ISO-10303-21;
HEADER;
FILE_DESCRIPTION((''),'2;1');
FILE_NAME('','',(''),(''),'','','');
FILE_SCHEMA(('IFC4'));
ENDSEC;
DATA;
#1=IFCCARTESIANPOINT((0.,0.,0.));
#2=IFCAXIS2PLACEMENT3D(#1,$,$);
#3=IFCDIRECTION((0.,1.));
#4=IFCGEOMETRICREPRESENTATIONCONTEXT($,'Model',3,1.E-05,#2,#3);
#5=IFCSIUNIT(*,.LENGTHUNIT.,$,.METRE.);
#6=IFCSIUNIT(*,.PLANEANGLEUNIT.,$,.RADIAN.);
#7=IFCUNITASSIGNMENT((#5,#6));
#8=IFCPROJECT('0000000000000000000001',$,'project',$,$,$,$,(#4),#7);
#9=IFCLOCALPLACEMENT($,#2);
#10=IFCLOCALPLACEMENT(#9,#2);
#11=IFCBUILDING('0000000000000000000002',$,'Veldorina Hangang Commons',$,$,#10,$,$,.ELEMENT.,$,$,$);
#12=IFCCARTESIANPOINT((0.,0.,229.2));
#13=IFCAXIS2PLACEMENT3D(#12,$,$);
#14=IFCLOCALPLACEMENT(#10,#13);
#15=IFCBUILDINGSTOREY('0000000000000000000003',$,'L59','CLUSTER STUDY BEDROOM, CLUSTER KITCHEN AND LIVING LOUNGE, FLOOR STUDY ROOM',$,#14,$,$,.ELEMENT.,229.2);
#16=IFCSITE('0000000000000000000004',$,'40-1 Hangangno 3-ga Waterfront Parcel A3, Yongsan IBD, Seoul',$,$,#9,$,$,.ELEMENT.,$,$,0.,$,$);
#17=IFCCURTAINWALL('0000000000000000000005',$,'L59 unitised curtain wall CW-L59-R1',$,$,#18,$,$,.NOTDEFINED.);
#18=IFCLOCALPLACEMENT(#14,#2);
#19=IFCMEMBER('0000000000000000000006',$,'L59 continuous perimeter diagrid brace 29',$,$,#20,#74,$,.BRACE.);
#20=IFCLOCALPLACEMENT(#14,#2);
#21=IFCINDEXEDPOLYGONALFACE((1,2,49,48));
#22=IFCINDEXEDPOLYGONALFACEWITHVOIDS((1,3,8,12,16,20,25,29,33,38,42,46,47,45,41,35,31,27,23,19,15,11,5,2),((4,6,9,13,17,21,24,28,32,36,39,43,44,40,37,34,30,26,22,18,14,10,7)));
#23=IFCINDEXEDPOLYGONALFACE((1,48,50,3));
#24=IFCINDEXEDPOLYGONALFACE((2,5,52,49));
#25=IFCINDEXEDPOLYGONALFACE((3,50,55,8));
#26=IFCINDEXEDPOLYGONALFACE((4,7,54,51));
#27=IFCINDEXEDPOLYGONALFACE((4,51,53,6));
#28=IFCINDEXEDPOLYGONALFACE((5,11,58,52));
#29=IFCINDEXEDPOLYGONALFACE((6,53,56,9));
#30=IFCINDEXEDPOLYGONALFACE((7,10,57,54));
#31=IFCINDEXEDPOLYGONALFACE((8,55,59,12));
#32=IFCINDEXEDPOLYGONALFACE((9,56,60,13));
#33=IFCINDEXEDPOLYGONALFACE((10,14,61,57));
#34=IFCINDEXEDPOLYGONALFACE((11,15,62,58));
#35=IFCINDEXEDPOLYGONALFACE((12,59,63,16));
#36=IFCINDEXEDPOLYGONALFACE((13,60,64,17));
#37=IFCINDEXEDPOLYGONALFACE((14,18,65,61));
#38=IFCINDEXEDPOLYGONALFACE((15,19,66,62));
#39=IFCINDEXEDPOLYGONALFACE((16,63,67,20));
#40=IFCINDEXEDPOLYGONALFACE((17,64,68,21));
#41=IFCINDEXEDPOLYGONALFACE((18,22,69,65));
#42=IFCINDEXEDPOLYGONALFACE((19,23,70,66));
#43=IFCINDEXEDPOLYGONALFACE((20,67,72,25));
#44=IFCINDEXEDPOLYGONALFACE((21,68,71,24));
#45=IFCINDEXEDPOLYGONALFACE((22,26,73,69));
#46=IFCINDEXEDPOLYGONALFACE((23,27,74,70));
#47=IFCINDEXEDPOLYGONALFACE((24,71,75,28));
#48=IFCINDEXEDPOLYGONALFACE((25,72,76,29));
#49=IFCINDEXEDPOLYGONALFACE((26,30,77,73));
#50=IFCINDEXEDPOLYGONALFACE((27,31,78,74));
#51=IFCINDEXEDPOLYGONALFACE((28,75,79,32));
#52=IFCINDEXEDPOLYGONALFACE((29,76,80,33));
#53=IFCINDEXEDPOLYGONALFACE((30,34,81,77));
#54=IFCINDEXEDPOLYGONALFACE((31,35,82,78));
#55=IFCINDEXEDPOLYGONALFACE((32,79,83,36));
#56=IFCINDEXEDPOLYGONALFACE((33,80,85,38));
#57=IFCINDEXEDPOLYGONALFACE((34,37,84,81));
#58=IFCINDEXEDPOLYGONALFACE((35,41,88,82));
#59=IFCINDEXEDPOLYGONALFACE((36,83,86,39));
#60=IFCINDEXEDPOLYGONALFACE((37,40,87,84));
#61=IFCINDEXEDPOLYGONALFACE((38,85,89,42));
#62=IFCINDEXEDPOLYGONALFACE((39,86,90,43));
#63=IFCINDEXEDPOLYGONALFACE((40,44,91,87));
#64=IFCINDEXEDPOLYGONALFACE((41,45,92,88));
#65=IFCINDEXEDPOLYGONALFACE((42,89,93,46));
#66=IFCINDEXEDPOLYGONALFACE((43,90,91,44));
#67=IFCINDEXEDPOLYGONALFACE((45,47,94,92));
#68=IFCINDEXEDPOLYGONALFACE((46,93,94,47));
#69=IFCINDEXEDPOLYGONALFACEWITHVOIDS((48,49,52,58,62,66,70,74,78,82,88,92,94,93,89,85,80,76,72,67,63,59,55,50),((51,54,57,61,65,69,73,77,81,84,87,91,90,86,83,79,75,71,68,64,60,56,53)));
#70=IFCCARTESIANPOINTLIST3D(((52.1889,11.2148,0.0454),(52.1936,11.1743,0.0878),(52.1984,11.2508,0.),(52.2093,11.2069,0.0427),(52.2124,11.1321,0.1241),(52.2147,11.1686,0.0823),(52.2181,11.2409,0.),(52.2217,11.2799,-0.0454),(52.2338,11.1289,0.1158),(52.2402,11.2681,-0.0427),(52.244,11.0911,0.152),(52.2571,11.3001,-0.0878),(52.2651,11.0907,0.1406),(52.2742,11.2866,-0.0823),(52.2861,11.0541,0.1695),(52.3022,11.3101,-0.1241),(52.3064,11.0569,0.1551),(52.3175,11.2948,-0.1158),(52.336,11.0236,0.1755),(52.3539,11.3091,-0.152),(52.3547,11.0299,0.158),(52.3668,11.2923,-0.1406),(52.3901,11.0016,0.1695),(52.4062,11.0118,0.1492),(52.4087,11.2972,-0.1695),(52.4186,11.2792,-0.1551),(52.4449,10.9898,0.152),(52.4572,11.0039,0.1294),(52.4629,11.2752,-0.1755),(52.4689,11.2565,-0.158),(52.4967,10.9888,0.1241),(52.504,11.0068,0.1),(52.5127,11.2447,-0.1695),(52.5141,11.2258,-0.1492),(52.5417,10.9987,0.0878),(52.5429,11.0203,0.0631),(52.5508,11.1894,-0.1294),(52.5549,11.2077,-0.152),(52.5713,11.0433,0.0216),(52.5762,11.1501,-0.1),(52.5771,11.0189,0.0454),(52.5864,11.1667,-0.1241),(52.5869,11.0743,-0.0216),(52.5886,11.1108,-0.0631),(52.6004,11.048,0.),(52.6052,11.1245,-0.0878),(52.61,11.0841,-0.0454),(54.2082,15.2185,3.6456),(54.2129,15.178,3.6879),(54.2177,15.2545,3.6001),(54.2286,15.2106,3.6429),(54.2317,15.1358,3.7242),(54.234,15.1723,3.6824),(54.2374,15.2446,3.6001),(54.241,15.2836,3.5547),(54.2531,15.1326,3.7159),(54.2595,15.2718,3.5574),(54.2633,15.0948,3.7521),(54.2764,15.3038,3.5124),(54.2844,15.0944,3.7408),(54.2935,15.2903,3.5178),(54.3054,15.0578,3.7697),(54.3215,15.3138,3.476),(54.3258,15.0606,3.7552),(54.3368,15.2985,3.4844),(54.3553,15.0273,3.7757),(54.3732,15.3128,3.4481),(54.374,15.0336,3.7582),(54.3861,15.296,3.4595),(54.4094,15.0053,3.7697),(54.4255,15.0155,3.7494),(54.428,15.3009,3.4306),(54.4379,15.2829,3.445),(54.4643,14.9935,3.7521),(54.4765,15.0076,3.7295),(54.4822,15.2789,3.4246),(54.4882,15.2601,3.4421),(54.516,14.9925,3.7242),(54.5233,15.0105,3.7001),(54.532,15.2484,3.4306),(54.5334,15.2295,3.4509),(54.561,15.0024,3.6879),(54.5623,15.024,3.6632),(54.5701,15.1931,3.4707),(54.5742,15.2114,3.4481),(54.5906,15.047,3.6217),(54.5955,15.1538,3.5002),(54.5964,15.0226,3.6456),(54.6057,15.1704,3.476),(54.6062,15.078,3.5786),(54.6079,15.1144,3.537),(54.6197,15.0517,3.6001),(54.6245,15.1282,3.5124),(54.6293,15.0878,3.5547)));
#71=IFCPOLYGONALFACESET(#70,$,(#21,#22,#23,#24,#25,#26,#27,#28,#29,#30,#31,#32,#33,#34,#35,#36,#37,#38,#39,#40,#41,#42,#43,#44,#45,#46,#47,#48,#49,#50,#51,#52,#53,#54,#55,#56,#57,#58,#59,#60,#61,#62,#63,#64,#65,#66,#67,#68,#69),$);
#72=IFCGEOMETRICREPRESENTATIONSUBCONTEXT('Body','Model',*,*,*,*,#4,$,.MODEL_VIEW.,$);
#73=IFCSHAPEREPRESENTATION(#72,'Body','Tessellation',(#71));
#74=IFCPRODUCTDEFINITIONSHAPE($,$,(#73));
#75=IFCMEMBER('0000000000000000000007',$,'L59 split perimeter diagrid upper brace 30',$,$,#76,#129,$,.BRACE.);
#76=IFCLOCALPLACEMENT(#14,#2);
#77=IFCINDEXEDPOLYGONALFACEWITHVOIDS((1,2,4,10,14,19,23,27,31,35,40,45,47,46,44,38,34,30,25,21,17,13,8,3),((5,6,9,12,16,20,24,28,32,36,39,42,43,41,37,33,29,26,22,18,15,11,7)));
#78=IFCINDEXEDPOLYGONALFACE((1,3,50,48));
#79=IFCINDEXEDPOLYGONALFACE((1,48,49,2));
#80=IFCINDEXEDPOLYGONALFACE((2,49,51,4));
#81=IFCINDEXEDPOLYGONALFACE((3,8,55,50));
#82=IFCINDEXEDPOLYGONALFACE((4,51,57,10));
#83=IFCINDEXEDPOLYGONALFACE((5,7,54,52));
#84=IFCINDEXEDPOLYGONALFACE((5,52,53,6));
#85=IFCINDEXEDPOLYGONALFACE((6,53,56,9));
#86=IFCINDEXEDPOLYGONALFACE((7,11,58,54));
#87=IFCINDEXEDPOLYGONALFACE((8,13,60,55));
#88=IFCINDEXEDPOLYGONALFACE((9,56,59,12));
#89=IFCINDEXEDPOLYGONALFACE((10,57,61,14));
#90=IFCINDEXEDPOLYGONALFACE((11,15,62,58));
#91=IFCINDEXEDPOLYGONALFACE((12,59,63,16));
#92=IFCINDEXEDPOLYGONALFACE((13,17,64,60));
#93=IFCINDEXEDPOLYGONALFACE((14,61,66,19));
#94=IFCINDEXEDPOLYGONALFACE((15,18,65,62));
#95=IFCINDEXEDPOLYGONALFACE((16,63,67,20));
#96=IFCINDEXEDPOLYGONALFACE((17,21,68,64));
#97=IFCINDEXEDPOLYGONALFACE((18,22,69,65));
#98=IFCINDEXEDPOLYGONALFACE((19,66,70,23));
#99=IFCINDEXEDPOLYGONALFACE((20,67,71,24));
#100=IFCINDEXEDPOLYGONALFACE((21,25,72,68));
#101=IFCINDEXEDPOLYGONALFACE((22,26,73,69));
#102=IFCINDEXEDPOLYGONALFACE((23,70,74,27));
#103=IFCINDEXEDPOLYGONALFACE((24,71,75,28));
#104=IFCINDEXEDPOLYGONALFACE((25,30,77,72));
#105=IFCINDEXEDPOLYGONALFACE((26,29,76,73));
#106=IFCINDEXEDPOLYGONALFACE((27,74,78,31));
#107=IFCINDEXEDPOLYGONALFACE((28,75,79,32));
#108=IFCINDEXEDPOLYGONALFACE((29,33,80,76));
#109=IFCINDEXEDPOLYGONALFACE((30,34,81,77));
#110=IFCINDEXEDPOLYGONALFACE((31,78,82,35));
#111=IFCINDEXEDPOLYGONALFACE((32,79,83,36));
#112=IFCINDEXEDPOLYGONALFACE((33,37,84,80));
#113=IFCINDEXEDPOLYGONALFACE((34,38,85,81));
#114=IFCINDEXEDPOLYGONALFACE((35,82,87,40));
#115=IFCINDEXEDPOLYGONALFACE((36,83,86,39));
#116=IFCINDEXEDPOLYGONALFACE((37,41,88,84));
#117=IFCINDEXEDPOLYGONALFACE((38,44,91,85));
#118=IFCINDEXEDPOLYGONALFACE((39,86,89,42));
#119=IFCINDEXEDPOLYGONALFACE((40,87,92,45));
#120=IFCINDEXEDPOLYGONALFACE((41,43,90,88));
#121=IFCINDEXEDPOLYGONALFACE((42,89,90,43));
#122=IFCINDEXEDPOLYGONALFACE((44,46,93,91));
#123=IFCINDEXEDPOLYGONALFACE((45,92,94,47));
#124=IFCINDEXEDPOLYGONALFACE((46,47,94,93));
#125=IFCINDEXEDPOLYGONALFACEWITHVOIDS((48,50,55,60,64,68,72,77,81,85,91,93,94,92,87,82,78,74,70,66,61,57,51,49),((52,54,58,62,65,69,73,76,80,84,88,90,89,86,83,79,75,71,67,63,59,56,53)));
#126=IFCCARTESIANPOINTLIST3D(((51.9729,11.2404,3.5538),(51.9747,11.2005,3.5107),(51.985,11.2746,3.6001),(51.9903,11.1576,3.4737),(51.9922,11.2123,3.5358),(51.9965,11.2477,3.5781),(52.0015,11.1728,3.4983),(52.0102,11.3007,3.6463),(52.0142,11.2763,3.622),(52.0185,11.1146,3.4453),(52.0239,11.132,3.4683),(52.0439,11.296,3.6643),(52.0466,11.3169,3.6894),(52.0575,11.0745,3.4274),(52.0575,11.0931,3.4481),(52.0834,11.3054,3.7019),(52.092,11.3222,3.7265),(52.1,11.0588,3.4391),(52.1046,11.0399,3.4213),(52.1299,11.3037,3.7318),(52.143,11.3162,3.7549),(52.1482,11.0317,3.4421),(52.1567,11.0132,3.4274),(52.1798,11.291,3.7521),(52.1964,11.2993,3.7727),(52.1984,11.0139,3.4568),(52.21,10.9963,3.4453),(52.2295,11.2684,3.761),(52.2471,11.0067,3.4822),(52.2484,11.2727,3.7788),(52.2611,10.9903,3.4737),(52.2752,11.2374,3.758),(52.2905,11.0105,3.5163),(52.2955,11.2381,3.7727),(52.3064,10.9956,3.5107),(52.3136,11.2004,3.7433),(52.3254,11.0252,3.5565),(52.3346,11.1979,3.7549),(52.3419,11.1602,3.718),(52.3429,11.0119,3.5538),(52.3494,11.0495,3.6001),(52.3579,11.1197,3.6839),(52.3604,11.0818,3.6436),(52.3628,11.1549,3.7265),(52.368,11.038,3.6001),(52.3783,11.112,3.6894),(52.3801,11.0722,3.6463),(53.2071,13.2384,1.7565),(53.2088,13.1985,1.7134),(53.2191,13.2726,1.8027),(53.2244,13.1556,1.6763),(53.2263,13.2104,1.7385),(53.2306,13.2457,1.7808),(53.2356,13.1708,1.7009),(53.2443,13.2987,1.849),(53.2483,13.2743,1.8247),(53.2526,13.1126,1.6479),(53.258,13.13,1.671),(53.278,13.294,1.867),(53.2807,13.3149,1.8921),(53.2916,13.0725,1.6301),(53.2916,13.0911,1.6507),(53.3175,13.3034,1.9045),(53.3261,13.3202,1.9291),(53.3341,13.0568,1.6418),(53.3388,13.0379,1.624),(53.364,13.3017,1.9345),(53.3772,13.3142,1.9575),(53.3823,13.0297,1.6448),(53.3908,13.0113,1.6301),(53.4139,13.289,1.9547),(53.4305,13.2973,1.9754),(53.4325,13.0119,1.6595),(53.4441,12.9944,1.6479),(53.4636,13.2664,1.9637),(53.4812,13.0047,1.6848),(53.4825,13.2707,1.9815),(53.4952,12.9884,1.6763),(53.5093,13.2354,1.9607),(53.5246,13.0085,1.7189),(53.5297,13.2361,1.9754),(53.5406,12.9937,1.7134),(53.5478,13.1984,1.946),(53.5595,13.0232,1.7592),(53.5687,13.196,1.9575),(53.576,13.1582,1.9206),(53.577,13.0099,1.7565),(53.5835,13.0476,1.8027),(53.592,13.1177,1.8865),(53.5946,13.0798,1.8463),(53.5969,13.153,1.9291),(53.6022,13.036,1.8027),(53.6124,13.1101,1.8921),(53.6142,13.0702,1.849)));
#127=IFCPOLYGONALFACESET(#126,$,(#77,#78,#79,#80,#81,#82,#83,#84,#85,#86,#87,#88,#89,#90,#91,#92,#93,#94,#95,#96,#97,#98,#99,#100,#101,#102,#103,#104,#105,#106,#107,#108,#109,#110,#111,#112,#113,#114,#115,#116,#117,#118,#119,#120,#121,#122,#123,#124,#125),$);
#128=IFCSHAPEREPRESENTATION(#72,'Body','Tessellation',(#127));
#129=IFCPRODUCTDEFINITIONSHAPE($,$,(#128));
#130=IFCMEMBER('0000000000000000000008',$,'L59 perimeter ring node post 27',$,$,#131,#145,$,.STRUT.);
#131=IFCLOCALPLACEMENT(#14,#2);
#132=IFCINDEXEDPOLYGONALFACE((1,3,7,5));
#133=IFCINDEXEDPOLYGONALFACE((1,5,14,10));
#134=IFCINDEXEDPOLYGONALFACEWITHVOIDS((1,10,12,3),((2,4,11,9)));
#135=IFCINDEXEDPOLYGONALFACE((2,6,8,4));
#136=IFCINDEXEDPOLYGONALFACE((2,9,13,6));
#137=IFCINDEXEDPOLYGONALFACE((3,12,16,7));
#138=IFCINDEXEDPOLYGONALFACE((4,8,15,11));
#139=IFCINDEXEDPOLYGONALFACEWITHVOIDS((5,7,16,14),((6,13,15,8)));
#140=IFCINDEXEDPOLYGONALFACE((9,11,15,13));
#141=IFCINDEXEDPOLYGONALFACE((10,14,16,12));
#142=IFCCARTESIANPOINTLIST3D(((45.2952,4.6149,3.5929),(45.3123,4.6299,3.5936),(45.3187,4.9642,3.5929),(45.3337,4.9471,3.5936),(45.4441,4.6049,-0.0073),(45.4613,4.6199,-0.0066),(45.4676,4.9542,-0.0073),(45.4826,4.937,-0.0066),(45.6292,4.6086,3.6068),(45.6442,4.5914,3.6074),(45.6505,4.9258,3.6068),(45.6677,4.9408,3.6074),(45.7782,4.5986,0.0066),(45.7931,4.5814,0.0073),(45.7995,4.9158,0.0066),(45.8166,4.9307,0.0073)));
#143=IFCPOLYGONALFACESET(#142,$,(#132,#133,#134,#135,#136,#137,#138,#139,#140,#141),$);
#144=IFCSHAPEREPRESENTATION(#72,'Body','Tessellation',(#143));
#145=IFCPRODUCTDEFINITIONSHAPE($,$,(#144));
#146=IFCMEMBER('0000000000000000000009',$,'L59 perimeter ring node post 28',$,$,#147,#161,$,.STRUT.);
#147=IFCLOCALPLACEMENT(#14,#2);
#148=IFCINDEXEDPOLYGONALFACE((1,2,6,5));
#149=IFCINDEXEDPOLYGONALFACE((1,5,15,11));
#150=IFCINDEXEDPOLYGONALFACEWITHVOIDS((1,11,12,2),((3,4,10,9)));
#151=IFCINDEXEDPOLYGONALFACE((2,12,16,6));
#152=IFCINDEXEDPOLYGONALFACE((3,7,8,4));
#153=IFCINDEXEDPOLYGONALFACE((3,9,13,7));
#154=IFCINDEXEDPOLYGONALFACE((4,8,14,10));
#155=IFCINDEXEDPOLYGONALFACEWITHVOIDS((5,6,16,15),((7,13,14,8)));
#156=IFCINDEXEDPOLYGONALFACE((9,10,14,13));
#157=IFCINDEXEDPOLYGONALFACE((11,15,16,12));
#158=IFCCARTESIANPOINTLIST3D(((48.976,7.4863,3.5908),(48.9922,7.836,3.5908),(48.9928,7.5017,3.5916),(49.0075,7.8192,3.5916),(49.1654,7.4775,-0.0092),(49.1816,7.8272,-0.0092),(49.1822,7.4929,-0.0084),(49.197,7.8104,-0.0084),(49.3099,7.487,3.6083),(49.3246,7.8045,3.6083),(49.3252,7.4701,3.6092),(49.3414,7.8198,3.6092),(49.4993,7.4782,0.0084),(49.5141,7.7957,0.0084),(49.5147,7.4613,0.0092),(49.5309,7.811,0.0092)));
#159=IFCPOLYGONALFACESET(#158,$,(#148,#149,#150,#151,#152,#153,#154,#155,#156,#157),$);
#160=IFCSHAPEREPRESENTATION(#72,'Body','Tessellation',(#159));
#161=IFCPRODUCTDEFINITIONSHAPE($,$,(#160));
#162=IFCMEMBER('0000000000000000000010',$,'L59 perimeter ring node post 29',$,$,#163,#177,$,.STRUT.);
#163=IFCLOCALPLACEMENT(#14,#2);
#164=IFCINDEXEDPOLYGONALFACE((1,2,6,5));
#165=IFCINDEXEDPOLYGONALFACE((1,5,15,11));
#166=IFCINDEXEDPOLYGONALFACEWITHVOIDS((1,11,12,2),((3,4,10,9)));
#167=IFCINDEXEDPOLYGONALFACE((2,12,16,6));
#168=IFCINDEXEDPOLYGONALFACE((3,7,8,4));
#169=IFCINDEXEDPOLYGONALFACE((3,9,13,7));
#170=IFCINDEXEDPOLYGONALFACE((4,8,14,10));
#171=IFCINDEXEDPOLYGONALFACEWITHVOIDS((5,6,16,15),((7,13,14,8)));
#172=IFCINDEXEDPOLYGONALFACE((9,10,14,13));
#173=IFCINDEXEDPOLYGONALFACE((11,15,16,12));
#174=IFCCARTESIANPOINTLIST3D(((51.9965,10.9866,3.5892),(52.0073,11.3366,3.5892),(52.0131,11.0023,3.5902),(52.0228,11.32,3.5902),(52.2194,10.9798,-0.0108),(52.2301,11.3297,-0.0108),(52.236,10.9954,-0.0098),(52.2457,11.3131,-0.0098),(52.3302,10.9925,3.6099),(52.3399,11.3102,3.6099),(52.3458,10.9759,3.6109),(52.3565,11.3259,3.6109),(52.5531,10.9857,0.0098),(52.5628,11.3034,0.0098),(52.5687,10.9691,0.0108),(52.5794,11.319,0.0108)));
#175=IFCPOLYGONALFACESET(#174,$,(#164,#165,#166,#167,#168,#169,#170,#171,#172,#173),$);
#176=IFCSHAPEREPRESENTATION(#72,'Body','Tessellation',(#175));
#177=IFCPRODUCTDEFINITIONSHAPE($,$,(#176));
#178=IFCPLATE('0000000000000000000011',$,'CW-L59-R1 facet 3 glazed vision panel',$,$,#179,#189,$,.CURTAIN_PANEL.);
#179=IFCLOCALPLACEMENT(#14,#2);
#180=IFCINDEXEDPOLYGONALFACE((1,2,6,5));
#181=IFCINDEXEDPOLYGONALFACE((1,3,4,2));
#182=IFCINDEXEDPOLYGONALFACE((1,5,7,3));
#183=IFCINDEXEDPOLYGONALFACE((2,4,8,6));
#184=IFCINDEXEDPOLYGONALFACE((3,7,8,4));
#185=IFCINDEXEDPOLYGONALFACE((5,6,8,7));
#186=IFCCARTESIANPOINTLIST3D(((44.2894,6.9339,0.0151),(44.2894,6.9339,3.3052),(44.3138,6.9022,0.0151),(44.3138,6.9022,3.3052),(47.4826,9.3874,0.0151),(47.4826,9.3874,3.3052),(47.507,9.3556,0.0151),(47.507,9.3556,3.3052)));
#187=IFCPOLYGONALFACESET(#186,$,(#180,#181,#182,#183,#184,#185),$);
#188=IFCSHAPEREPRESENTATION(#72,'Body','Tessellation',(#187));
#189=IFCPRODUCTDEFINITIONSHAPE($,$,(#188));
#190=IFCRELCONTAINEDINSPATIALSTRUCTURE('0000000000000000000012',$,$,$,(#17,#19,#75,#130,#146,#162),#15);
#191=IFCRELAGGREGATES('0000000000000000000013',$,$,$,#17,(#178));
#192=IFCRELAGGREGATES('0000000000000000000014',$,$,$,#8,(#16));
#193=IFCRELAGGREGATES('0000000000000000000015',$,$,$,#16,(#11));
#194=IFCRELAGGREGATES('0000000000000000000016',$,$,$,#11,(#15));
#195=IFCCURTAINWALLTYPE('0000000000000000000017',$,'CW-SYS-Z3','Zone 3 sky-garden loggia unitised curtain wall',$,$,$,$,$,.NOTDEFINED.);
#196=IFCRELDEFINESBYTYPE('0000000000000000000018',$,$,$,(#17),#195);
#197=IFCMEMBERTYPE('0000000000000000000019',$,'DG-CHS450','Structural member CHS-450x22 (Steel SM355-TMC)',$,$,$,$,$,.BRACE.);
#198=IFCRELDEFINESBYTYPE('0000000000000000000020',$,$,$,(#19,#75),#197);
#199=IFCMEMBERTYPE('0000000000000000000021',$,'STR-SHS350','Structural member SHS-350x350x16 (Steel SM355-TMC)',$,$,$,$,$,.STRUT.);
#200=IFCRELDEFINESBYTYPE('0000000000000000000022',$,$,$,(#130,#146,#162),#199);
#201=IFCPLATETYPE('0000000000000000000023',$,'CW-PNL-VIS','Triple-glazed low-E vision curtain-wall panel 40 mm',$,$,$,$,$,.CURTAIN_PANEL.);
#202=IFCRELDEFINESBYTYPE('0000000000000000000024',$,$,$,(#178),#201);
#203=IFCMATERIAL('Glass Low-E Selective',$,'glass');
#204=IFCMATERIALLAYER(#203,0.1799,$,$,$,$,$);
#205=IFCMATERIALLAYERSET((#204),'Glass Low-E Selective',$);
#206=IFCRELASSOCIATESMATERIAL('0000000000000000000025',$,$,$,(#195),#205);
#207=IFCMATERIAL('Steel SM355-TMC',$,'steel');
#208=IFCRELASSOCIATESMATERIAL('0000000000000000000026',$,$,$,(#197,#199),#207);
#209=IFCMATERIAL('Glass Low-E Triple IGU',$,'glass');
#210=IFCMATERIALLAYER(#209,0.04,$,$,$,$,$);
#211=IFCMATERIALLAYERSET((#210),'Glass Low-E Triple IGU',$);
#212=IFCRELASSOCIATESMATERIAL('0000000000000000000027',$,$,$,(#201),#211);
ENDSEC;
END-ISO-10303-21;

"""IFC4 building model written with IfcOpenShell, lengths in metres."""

from ifc_helpers import new_model, si_unit, direction, frame, origin, origin_2d, place, context, subcontext, project, spatial, rectangle, hollow_rectangle, hollow_circle, extrude, material, layer, layer_set, material_profile, profile_set, type_object, element, aggregate, save


model = new_model("IFC4")

# Units and contexts
model_context = context("Model", 3, precision=1e-05, world=origin(), true_north=direction((0.0, 1.0)))
body_context = subcontext(model_context, "Body", "Model", "MODEL_VIEW")
ifc_project = project(units=[si_unit("LENGTHUNIT", "METRE"), si_unit("PLANEANGLEUNIT", "RADIAN")], contexts=[model_context])

# Site, building, storey
site_placement = place(None, origin())
site = spatial("IfcSite", under=ifc_project, at=site_placement, Name="40-1 Hangangno 3-ga Waterfront Parcel A3, Yongsan IBD, Seoul", CompositionType="ELEMENT", RefElevation=0.0)
building_placement = place(site_placement, origin())
building = spatial("IfcBuilding", under=site, at=building_placement, Name="Veldorina Hangang Commons", CompositionType="ELEMENT")
storey_placement = place(building_placement, frame((0.0, 0.0, 229.2)))
storey = spatial("IfcBuildingStorey", under=building, at=storey_placement, Name="L59", Description="CLUSTER STUDY BEDROOM, CLUSTER KITCHEN AND LIVING LOUNGE, FLOOR STUDY ROOM", CompositionType="ELEMENT", Elevation=229.2)

# Shared definitions
ifc_material_1 = material(Name="Steel SM355-TMC", Category="steel")

# Curtain wall
ifc_material_2 = material(Name="Glass Low-E Selective", Category="glass")
ifc_layer_1 = layer(ifc_material_2, 0.1799)
ifc_layer_set_1 = layer_set([ifc_layer_1], Name="Glass Low-E Selective")
curtain_wall_type = type_object("IfcCurtainWallType", Name="CW-SYS-Z3", Description="Zone 3 sky-garden loggia unitised curtain wall", PredefinedType="NOTDEFINED", material=ifc_layer_set_1)
curtain_wall_placement = place(storey_placement, origin())
curtain_wall = element("IfcCurtainWall", 1, at=curtain_wall_placement, inside=storey, type_object=curtain_wall_type, Name="L59 unitised curtain wall CW-L59-R1", PredefinedType="NOTDEFINED")

# Members
ifc_material_profile_1 = material_profile(ifc_material_1, hollow_circle(Radius=0.2251, WallThickness=0.022, at=origin_2d()), Name="CHS-450x22")
ifc_profile_set_1 = profile_set([ifc_material_profile_1], Name="Steel SM355-TMC")
member_type_1 = type_object("IfcMemberType", Name="DG-CHS450", Description="Structural member CHS-450x22 (Steel SM355-TMC)", PredefinedType="BRACE", material=ifc_profile_set_1)
member_1_placement = place(storey_placement, frame((52.3994, 11.1494, 0.0), z_axis=(0.351154, 0.696236, 0.626056), x_axis=(-0.892865, 0.450325, 0.0)))
element("IfcMember", 2, at=member_1_placement, inside=storey, type_object=member_type_1, Name="L59 continuous perimeter diagrid brace 29", PredefinedType="BRACE", context=body_context, shape_type="SweptSolid", body=[
    extrude(hollow_circle(Radius=0.2251, WallThickness=0.022, at=origin_2d()), origin(), (0.0, 0.0, 1.0), 5.7505),
])
member_2_placement = place(storey_placement, frame((53.4106, 13.1543, 1.8027), z_axis=(-0.417313, -0.675626, 0.607766), x_axis=(0.85079, -0.525506, 0.0)))
element("IfcMember", 3, at=member_2_placement, inside=storey, type_object=member_type_1, Name="L59 split perimeter diagrid upper brace 30", PredefinedType="BRACE", context=body_context, shape_type="SweptSolid", body=[
    extrude(hollow_circle(Radius=0.2251, WallThickness=0.022, at=origin_2d()), origin(), (0.0, 0.0, 1.0), 2.9573),
])
ifc_material_profile_2 = material_profile(ifc_material_1, hollow_rectangle(XDim=0.3501, YDim=0.3501, WallThickness=0.0161, at=origin_2d()), Name="SHS-350x350x16")
ifc_profile_set_2 = profile_set([ifc_material_profile_2], Name="Steel SM355-TMC")
member_type_2 = type_object("IfcMemberType", Name="STR-SHS350", Description="Structural member SHS-350x350x16 (Steel SM355-TMC)", PredefinedType="STRUT", material=ifc_profile_set_2)
member_3_placement = place(storey_placement, frame((45.6304, 4.7678, 0.0), z_axis=(-0.041332, 0.002778, 0.999142), x_axis=(-0.067062, -0.997749, 0.0)))
element("IfcMember", 4, at=member_3_placement, inside=storey, type_object=member_type_2, Name="L59 perimeter ring node post 27", PredefinedType="STRUT", context=body_context, shape_type="SweptSolid", body=[
    extrude(hollow_rectangle(XDim=0.3501, YDim=0.3501, WallThickness=0.0161, at=origin_2d()), origin(), (0.0, 0.0, 1.0), 3.6033),
])
member_4_placement = place(storey_placement, frame((49.3481, 7.6443, 0.0), z_axis=(-0.052552, 0.002438, 0.998615), x_axis=(-0.046342, -0.998926, 0.0)))
element("IfcMember", 5, at=member_4_placement, inside=storey, type_object=member_type_2, Name="L59 perimeter ring node post 28", PredefinedType="STRUT", context=body_context, shape_type="SweptSolid", body=[
    extrude(hollow_rectangle(XDim=0.3501, YDim=0.3501, WallThickness=0.0161, at=origin_2d()), origin(), (0.0, 0.0, 1.0), 3.605),
])
member_5_placement = place(storey_placement, frame((52.3994, 11.1494, 0.0), z_axis=(-0.061797, 0.001895, 0.998087), x_axis=(-0.030654, -0.99953, 0.0)))
element("IfcMember", 6, at=member_5_placement, inside=storey, type_object=member_type_2, Name="L59 perimeter ring node post 29", PredefinedType="STRUT", context=body_context, shape_type="SweptSolid", body=[
    extrude(hollow_rectangle(XDim=0.3501, YDim=0.3501, WallThickness=0.0161, at=origin_2d()), origin(), (0.0, 0.0, 1.0), 3.6069),
])

# Plate
ifc_material_3 = material(Name="Glass Low-E Triple IGU", Category="glass")
ifc_layer_2 = layer(ifc_material_3, 0.04)
ifc_layer_set_2 = layer_set([ifc_layer_2], Name="Glass Low-E Triple IGU")
plate_type_1 = type_object("IfcPlateType", Name="CW-PNL-VIS", Description="Triple-glazed low-E vision curtain-wall panel 40 mm", PredefinedType="CURTAIN_PANEL", material=ifc_layer_set_2)
plate_1_placement = place(storey_placement, frame((45.8982, 8.1448, 0.0151), z_axis=(0.0, 0.0, 1.0), x_axis=(0.792971, 0.60926, 0.0)))
plate_1 = element("IfcPlate", 7, at=plate_1_placement, type_object=plate_type_1, Name="CW-L59-R1 facet 3 glazed vision panel", PredefinedType="CURTAIN_PANEL", context=body_context, shape_type="SweptSolid", body=[
    extrude(rectangle(XDim=4.0269, YDim=0.04, at=origin_2d()), origin(), (0.0, 0.0, 1.0), 3.29),
])
aggregate(curtain_wall, [plate_1])

save(model, "model.ifc")
